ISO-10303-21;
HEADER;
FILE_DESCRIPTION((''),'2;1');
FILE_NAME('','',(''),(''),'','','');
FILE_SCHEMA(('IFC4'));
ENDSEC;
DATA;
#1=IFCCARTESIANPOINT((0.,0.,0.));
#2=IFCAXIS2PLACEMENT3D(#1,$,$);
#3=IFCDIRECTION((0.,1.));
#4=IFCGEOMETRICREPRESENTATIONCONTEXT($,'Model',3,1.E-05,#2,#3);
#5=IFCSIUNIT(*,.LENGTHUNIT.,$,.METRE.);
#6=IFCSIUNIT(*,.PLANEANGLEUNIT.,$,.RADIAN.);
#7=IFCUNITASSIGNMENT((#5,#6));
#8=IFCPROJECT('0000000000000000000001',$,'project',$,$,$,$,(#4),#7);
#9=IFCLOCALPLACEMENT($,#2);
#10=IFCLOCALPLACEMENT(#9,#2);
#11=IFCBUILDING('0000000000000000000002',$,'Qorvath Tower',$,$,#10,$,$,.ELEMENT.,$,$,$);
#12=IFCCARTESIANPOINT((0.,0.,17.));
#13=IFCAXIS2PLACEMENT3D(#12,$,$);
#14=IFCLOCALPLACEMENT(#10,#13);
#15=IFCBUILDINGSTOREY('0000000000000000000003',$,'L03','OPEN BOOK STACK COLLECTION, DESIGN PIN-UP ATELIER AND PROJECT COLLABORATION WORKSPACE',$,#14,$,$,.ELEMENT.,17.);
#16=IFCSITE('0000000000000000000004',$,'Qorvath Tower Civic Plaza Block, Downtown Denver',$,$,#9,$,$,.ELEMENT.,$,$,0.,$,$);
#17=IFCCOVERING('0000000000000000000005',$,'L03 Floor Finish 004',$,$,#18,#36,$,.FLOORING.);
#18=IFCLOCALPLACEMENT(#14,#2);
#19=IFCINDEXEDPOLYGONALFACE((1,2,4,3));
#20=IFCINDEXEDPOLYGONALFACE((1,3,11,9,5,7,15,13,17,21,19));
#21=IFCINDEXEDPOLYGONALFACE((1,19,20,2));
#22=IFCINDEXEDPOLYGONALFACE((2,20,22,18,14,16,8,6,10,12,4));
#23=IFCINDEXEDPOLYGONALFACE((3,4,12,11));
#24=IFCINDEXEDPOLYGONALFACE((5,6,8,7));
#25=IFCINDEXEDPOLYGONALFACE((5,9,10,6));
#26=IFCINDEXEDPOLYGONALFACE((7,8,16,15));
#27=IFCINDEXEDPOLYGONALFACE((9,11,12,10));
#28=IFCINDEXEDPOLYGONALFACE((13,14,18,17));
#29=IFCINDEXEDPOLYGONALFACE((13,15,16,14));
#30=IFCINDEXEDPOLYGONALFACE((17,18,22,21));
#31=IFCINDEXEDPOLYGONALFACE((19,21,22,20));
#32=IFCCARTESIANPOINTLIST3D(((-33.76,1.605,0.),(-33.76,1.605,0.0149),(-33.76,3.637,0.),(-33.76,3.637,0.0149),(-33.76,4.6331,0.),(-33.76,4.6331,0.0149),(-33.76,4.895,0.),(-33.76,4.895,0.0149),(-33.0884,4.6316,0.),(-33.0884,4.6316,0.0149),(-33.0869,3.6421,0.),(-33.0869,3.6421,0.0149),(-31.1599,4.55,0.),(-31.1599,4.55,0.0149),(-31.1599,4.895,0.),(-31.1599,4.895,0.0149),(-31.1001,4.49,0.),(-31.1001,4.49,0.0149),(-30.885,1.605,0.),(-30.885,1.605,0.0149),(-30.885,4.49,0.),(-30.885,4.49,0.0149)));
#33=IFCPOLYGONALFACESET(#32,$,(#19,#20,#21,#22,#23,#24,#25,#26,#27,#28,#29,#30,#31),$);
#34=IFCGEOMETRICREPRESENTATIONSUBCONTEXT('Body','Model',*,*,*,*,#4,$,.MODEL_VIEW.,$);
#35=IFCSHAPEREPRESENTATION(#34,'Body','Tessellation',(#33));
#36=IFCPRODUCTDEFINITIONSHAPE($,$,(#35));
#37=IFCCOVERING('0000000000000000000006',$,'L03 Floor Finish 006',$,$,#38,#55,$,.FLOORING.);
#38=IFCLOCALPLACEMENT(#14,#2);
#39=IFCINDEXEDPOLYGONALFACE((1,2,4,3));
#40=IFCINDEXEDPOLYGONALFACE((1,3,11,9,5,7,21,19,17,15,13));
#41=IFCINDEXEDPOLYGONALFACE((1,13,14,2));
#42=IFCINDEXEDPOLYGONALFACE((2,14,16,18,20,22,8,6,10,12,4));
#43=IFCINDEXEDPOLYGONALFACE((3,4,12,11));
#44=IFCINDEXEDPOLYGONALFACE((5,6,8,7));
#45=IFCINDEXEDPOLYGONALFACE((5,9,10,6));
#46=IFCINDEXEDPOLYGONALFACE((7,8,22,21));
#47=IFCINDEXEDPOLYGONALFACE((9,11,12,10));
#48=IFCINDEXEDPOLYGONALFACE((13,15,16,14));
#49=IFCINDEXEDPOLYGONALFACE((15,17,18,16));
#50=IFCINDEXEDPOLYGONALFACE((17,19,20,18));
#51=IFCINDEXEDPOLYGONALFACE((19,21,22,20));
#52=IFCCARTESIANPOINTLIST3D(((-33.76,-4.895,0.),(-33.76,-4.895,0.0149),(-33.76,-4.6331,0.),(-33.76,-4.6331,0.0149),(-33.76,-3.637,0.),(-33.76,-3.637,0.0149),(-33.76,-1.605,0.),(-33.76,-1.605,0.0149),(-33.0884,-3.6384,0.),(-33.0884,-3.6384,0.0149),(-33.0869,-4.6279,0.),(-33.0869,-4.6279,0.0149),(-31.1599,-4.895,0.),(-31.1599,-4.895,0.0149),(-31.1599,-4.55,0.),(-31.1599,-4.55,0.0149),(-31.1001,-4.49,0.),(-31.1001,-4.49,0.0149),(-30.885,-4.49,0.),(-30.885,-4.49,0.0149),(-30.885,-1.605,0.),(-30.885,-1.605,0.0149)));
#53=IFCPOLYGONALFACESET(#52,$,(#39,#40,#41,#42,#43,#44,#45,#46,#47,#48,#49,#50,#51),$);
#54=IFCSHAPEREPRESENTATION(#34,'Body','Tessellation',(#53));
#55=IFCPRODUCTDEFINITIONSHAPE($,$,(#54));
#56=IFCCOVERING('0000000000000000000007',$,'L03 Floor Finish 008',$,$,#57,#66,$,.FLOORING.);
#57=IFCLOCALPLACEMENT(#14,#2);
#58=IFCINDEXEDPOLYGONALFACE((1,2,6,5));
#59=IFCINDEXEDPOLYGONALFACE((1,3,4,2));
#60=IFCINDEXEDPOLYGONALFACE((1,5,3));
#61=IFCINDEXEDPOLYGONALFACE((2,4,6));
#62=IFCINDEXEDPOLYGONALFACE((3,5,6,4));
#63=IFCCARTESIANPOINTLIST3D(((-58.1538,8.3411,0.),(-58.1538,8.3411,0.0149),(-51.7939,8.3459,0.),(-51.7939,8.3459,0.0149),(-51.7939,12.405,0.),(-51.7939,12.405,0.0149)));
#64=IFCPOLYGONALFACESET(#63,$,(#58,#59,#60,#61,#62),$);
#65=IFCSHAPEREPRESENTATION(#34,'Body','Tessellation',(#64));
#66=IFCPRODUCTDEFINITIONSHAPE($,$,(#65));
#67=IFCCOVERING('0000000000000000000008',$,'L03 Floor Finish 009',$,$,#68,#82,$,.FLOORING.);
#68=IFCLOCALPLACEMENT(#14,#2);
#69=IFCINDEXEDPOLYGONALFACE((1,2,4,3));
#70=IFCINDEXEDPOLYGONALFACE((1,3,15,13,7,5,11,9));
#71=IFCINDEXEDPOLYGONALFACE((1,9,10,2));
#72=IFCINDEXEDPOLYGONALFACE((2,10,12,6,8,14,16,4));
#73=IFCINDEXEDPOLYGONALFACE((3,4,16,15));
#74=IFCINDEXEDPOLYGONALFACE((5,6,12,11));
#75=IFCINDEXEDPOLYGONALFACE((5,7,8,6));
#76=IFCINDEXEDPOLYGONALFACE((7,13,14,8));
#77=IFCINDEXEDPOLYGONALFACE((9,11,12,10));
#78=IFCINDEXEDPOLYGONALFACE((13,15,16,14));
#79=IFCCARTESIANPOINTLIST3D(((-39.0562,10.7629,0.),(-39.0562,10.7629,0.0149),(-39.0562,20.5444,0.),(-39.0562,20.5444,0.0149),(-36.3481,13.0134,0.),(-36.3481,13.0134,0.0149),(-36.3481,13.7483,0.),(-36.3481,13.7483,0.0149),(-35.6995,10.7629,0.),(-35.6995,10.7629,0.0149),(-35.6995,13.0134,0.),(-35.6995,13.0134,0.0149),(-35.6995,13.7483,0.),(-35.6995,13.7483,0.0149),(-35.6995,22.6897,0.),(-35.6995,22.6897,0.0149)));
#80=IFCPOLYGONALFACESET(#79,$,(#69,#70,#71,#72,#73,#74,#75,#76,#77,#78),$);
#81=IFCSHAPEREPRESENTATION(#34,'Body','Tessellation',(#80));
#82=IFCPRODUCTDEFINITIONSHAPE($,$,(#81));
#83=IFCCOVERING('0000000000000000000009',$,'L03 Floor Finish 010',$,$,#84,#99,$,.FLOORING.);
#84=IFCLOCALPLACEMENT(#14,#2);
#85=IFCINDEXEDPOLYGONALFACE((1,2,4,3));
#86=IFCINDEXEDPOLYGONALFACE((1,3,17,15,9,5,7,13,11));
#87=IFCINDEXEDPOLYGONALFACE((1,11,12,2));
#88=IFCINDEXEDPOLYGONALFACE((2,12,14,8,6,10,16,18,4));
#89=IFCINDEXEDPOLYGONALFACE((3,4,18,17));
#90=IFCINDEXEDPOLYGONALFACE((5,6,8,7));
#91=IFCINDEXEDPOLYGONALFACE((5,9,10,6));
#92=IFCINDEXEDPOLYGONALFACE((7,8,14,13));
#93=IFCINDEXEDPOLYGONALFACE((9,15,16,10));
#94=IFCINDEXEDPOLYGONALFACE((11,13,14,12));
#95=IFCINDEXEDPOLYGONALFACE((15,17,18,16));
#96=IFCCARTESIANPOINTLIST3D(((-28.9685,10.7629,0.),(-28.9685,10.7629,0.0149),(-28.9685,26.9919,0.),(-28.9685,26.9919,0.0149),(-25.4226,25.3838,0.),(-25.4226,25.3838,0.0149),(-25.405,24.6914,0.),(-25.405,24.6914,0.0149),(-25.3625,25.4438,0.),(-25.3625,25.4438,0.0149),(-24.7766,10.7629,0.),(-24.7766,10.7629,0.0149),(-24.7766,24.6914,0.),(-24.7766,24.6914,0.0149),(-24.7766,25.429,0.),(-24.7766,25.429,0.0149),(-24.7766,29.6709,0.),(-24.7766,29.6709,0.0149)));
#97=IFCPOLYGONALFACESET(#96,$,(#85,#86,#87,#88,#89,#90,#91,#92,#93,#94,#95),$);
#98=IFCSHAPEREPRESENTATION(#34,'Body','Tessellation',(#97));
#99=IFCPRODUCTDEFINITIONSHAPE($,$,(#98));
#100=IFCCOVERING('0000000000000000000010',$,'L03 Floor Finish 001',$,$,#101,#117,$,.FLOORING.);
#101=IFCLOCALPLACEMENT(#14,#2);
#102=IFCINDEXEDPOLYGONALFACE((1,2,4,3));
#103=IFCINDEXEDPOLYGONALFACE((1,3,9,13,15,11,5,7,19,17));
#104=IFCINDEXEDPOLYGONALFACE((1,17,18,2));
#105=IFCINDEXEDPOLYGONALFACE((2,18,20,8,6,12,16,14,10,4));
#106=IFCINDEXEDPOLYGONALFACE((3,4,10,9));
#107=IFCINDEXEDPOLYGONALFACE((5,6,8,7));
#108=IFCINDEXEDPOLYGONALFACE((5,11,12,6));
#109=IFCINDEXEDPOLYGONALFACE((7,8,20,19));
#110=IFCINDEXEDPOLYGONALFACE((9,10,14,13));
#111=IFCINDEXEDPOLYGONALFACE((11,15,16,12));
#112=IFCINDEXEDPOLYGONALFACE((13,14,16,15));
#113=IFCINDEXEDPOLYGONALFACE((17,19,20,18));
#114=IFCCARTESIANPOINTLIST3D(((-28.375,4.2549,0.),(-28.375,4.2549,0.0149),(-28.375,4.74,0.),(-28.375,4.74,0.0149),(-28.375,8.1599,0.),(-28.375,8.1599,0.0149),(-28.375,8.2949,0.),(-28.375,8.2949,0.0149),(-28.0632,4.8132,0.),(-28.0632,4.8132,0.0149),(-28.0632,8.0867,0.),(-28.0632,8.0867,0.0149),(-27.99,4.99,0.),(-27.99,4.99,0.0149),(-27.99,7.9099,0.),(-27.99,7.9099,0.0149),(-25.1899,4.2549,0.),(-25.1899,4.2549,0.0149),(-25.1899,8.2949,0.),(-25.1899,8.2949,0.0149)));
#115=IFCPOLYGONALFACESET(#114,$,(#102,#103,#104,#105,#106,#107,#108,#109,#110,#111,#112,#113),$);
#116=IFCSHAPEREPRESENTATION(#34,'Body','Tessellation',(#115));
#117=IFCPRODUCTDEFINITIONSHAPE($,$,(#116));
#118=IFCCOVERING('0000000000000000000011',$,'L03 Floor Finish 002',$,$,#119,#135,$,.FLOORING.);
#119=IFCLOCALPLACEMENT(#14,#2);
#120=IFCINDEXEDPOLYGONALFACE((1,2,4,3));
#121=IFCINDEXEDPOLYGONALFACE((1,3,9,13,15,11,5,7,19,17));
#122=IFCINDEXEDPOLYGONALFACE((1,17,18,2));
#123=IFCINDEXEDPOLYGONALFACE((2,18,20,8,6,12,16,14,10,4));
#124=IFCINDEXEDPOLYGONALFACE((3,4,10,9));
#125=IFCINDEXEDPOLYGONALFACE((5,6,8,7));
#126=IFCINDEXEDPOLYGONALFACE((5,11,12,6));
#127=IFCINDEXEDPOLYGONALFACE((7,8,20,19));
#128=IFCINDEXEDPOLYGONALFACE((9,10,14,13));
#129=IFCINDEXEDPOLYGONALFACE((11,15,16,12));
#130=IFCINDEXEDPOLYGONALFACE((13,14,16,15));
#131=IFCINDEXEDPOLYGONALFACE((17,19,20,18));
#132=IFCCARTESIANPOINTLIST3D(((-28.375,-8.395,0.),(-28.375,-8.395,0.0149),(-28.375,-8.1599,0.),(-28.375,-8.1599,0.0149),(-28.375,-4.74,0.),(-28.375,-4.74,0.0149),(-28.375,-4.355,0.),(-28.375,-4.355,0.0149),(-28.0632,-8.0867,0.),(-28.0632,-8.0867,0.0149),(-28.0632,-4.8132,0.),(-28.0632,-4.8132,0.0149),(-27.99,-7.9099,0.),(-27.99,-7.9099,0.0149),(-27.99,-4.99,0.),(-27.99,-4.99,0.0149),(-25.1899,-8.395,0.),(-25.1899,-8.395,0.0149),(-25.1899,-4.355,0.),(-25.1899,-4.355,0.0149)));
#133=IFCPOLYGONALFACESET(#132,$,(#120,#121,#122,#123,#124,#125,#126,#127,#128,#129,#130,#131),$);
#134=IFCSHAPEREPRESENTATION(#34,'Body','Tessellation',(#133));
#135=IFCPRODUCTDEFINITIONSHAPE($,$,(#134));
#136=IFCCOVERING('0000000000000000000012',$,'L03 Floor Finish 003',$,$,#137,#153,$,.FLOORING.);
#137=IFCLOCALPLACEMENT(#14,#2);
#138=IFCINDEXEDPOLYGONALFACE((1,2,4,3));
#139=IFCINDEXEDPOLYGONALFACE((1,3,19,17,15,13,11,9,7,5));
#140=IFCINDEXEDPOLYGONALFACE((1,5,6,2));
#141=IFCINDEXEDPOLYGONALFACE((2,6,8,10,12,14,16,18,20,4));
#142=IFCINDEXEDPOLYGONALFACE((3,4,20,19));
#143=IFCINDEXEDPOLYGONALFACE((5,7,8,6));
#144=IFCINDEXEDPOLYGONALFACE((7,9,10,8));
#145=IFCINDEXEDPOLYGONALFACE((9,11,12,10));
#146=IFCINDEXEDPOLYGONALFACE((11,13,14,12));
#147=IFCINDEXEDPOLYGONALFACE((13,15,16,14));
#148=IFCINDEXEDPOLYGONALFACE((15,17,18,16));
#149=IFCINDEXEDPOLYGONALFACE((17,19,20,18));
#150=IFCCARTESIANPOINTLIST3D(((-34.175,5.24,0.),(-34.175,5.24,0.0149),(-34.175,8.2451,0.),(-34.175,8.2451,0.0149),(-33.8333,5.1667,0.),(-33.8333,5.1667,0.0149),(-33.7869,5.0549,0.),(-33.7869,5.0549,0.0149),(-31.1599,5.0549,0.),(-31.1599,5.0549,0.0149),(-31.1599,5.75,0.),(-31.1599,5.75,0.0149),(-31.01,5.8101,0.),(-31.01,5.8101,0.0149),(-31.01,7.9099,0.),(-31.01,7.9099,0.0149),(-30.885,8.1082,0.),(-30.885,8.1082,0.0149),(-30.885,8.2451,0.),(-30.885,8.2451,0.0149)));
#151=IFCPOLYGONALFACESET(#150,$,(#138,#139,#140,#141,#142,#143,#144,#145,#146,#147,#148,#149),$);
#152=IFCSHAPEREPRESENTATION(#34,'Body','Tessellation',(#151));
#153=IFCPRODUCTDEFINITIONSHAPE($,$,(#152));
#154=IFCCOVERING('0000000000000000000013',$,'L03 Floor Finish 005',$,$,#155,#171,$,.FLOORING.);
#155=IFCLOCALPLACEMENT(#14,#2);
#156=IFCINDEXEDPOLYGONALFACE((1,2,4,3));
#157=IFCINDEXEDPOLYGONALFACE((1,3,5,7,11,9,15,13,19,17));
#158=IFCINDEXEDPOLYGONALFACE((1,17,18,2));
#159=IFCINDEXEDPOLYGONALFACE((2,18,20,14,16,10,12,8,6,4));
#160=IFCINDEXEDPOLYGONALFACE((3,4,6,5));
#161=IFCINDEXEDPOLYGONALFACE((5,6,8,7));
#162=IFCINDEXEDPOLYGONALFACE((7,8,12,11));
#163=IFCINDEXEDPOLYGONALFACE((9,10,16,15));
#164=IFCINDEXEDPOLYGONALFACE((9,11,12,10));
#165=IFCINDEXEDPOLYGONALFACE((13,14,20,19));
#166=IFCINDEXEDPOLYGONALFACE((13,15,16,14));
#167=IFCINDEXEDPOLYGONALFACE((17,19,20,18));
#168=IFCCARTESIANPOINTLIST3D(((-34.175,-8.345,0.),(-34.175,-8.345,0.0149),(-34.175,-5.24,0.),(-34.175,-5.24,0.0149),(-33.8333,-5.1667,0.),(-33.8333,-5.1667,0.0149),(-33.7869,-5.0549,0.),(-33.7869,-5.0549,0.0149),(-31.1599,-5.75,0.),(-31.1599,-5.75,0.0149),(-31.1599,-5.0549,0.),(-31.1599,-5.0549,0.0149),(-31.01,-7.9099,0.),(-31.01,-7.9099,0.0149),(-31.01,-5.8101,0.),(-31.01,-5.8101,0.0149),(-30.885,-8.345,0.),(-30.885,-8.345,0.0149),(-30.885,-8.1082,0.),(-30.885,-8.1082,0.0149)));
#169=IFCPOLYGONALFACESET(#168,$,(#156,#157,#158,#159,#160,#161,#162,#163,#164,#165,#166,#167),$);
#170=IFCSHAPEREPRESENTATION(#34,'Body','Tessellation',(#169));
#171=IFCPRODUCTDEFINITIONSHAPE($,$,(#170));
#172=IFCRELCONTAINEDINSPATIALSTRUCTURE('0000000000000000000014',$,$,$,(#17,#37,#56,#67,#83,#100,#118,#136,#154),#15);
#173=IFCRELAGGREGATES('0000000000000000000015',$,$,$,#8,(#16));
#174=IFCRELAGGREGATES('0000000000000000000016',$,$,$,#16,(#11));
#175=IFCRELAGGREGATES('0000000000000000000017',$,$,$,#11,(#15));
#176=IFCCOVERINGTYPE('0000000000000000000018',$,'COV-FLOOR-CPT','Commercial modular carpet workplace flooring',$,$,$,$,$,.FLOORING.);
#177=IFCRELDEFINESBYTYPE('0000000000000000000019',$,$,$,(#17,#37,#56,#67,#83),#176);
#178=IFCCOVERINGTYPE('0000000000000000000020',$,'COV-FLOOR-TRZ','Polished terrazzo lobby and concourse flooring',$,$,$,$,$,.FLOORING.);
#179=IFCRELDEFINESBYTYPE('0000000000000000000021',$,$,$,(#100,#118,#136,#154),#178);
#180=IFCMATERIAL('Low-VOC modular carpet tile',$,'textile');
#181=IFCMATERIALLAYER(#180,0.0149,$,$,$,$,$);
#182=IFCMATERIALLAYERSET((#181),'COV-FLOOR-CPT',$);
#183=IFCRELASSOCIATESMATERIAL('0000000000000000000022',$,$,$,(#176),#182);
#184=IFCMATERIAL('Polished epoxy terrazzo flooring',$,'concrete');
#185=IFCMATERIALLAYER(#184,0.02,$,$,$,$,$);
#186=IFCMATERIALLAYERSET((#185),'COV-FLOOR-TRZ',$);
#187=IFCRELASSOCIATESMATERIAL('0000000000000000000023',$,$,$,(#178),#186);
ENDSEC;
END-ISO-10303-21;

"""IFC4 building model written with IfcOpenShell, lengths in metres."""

from ifc_helpers import new_model, si_unit, direction, frame, origin, place, context, subcontext, project, spatial, polyline, outline, extrude, material, layer, layer_set, type_object, element, save


model = new_model("IFC4")

# Units and contexts
model_context = context("Model", 3, precision=1e-05, world=origin(), true_north=direction((0.0, 1.0)))
body_context = subcontext(model_context, "Body", "Model", "MODEL_VIEW")
ifc_project = project(units=[si_unit("LENGTHUNIT", "METRE"), si_unit("PLANEANGLEUNIT", "RADIAN")], contexts=[model_context])

# Site, building, storey
site_placement = place(None, origin())
site = spatial("IfcSite", under=ifc_project, at=site_placement, Name="Qorvath Tower Civic Plaza Block, Downtown Denver", CompositionType="ELEMENT", RefElevation=0.0)
building_placement = place(site_placement, origin())
building = spatial("IfcBuilding", under=site, at=building_placement, Name="Qorvath Tower", CompositionType="ELEMENT")
storey_placement = place(building_placement, frame((0.0, 0.0, 17.0)))
storey = spatial("IfcBuildingStorey", under=building, at=storey_placement, Name="L03", Description="OPEN BOOK STACK COLLECTION, DESIGN PIN-UP ATELIER AND PROJECT COLLABORATION WORKSPACE", CompositionType="ELEMENT", Elevation=17.0)

# Coverings
ifc_material_1 = material(Name="Low-VOC modular carpet tile", Category="textile")
ifc_layer_1 = layer(ifc_material_1, 0.0149)
ifc_layer_set_1 = layer_set([ifc_layer_1], Name="COV-FLOOR-CPT")
covering_type_1 = type_object("IfcCoveringType", Name="COV-FLOOR-CPT", Description="Commercial modular carpet workplace flooring", PredefinedType="FLOORING", material=ifc_layer_set_1)
covering_1_placement = place(storey_placement, origin())
element("IfcCovering", 1, at=covering_1_placement, inside=storey, type_object=covering_type_1, Name="L03 Floor Finish 004", PredefinedType="FLOORING", context=body_context, shape_type="SweptSolid", body=[
    extrude(outline(polyline([(-31.1599, 4.895), (-33.76, 4.895), (-33.76, 4.6331), (-33.0884, 4.6316), (-33.0869, 3.6421), (-33.76, 3.637), (-33.76, 1.605), (-30.885, 1.605), (-30.885, 4.49), (-31.1001, 4.49), (-31.1599, 4.55), (-31.1599, 4.895)])), origin(), (0.0, 0.0, 1.0), 0.0149),
])
covering_2_placement = place(storey_placement, origin())
element("IfcCovering", 2, at=covering_2_placement, inside=storey, type_object=covering_type_1, Name="L03 Floor Finish 006", PredefinedType="FLOORING", context=body_context, shape_type="SweptSolid", body=[
    extrude(outline(polyline([(-30.885, -4.49), (-30.885, -1.605), (-33.76, -1.605), (-33.76, -3.637), (-33.0884, -3.6384), (-33.0869, -4.6279), (-33.76, -4.6331), (-33.76, -4.895), (-31.1599, -4.895), (-31.1599, -4.55), (-31.1001, -4.49), (-30.885, -4.49)])), origin(), (0.0, 0.0, 1.0), 0.0149),
])
covering_3_placement = place(storey_placement, origin())
element("IfcCovering", 3, at=covering_3_placement, inside=storey, type_object=covering_type_1, Name="L03 Floor Finish 008", PredefinedType="FLOORING", context=body_context, shape_type="SweptSolid", body=[
    extrude(outline(polyline([(-51.7939, 8.3459), (-51.7939, 12.405), (-58.1538, 8.3411), (-51.7939, 8.3459)])), origin(), (0.0, 0.0, 1.0), 0.0149),
])
covering_4_placement = place(storey_placement, origin())
element("IfcCovering", 4, at=covering_4_placement, inside=storey, type_object=covering_type_1, Name="L03 Floor Finish 009", PredefinedType="FLOORING", context=body_context, shape_type="SweptSolid", body=[
    extrude(outline(polyline([(-39.0562, 10.7629), (-35.6995, 10.7629), (-35.6995, 13.0134), (-36.3481, 13.0134), (-36.3481, 13.7483), (-35.6995, 13.7483), (-35.6995, 22.6897), (-39.0562, 20.5444), (-39.0562, 10.7629)])), origin(), (0.0, 0.0, 1.0), 0.0149),
])
covering_5_placement = place(storey_placement, origin())
element("IfcCovering", 5, at=covering_5_placement, inside=storey, type_object=covering_type_1, Name="L03 Floor Finish 010", PredefinedType="FLOORING", context=body_context, shape_type="SweptSolid", body=[
    extrude(outline(polyline([(-28.9685, 10.7629), (-24.7766, 10.7629), (-24.7766, 24.6914), (-25.405, 24.6914), (-25.4226, 25.3838), (-25.3625, 25.4438), (-24.7766, 25.429), (-24.7766, 29.6709), (-28.9685, 26.9919), (-28.9685, 10.7629)])), origin(), (0.0, 0.0, 1.0), 0.0149),
])
ifc_material_2 = material(Name="Polished epoxy terrazzo flooring", Category="concrete")
ifc_layer_2 = layer(ifc_material_2, 0.02)
ifc_layer_set_2 = layer_set([ifc_layer_2], Name="COV-FLOOR-TRZ")
covering_type_2 = type_object("IfcCoveringType", Name="COV-FLOOR-TRZ", Description="Polished terrazzo lobby and concourse flooring", PredefinedType="FLOORING", material=ifc_layer_set_2)
covering_6_placement = place(storey_placement, origin())
element("IfcCovering", 6, at=covering_6_placement, inside=storey, type_object=covering_type_2, Name="L03 Floor Finish 001", PredefinedType="FLOORING", context=body_context, shape_type="SweptSolid", body=[
    extrude(outline(polyline([(-25.1899, 4.2549), (-25.1899, 8.2949), (-28.375, 8.2949), (-28.375, 8.1599), (-28.0632, 8.0867), (-27.99, 7.9099), (-27.99, 4.99), (-28.0632, 4.8132), (-28.375, 4.74), (-28.375, 4.2549), (-25.1899, 4.2549)])), origin(), (0.0, 0.0, 1.0), 0.0149),
])
covering_7_placement = place(storey_placement, origin())
element("IfcCovering", 7, at=covering_7_placement, inside=storey, type_object=covering_type_2, Name="L03 Floor Finish 002", PredefinedType="FLOORING", context=body_context, shape_type="SweptSolid", body=[
    extrude(outline(polyline([(-25.1899, -8.395), (-25.1899, -4.355), (-28.375, -4.355), (-28.375, -4.74), (-28.0632, -4.8132), (-27.99, -4.99), (-27.99, -7.9099), (-28.0632, -8.0867), (-28.375, -8.1599), (-28.375, -8.395), (-25.1899, -8.395)])), origin(), (0.0, 0.0, 1.0), 0.0149),
])
covering_8_placement = place(storey_placement, origin())
element("IfcCovering", 8, at=covering_8_placement, inside=storey, type_object=covering_type_2, Name="L03 Floor Finish 003", PredefinedType="FLOORING", context=body_context, shape_type="SweptSolid", body=[
    extrude(outline(polyline([(-31.01, 7.9099), (-30.885, 8.1082), (-30.885, 8.2451), (-34.175, 8.2451), (-34.175, 5.24), (-33.8333, 5.1667), (-33.7869, 5.0549), (-31.1599, 5.0549), (-31.1599, 5.75), (-31.01, 5.8101), (-31.01, 7.9099)])), origin(), (0.0, 0.0, 1.0), 0.0149),
])
covering_9_placement = place(storey_placement, origin())
element("IfcCovering", 9, at=covering_9_placement, inside=storey, type_object=covering_type_2, Name="L03 Floor Finish 005", PredefinedType="FLOORING", context=body_context, shape_type="SweptSolid", body=[
    extrude(outline(polyline([(-31.1599, -5.0549), (-33.7869, -5.0549), (-33.8333, -5.1667), (-34.175, -5.24), (-34.175, -8.345), (-30.885, -8.345), (-30.885, -8.1082), (-31.01, -7.9099), (-31.01, -5.8101), (-31.1599, -5.75), (-31.1599, -5.0549)])), origin(), (0.0, 0.0, 1.0), 0.0149),
])

save(model, "model.ifc")
